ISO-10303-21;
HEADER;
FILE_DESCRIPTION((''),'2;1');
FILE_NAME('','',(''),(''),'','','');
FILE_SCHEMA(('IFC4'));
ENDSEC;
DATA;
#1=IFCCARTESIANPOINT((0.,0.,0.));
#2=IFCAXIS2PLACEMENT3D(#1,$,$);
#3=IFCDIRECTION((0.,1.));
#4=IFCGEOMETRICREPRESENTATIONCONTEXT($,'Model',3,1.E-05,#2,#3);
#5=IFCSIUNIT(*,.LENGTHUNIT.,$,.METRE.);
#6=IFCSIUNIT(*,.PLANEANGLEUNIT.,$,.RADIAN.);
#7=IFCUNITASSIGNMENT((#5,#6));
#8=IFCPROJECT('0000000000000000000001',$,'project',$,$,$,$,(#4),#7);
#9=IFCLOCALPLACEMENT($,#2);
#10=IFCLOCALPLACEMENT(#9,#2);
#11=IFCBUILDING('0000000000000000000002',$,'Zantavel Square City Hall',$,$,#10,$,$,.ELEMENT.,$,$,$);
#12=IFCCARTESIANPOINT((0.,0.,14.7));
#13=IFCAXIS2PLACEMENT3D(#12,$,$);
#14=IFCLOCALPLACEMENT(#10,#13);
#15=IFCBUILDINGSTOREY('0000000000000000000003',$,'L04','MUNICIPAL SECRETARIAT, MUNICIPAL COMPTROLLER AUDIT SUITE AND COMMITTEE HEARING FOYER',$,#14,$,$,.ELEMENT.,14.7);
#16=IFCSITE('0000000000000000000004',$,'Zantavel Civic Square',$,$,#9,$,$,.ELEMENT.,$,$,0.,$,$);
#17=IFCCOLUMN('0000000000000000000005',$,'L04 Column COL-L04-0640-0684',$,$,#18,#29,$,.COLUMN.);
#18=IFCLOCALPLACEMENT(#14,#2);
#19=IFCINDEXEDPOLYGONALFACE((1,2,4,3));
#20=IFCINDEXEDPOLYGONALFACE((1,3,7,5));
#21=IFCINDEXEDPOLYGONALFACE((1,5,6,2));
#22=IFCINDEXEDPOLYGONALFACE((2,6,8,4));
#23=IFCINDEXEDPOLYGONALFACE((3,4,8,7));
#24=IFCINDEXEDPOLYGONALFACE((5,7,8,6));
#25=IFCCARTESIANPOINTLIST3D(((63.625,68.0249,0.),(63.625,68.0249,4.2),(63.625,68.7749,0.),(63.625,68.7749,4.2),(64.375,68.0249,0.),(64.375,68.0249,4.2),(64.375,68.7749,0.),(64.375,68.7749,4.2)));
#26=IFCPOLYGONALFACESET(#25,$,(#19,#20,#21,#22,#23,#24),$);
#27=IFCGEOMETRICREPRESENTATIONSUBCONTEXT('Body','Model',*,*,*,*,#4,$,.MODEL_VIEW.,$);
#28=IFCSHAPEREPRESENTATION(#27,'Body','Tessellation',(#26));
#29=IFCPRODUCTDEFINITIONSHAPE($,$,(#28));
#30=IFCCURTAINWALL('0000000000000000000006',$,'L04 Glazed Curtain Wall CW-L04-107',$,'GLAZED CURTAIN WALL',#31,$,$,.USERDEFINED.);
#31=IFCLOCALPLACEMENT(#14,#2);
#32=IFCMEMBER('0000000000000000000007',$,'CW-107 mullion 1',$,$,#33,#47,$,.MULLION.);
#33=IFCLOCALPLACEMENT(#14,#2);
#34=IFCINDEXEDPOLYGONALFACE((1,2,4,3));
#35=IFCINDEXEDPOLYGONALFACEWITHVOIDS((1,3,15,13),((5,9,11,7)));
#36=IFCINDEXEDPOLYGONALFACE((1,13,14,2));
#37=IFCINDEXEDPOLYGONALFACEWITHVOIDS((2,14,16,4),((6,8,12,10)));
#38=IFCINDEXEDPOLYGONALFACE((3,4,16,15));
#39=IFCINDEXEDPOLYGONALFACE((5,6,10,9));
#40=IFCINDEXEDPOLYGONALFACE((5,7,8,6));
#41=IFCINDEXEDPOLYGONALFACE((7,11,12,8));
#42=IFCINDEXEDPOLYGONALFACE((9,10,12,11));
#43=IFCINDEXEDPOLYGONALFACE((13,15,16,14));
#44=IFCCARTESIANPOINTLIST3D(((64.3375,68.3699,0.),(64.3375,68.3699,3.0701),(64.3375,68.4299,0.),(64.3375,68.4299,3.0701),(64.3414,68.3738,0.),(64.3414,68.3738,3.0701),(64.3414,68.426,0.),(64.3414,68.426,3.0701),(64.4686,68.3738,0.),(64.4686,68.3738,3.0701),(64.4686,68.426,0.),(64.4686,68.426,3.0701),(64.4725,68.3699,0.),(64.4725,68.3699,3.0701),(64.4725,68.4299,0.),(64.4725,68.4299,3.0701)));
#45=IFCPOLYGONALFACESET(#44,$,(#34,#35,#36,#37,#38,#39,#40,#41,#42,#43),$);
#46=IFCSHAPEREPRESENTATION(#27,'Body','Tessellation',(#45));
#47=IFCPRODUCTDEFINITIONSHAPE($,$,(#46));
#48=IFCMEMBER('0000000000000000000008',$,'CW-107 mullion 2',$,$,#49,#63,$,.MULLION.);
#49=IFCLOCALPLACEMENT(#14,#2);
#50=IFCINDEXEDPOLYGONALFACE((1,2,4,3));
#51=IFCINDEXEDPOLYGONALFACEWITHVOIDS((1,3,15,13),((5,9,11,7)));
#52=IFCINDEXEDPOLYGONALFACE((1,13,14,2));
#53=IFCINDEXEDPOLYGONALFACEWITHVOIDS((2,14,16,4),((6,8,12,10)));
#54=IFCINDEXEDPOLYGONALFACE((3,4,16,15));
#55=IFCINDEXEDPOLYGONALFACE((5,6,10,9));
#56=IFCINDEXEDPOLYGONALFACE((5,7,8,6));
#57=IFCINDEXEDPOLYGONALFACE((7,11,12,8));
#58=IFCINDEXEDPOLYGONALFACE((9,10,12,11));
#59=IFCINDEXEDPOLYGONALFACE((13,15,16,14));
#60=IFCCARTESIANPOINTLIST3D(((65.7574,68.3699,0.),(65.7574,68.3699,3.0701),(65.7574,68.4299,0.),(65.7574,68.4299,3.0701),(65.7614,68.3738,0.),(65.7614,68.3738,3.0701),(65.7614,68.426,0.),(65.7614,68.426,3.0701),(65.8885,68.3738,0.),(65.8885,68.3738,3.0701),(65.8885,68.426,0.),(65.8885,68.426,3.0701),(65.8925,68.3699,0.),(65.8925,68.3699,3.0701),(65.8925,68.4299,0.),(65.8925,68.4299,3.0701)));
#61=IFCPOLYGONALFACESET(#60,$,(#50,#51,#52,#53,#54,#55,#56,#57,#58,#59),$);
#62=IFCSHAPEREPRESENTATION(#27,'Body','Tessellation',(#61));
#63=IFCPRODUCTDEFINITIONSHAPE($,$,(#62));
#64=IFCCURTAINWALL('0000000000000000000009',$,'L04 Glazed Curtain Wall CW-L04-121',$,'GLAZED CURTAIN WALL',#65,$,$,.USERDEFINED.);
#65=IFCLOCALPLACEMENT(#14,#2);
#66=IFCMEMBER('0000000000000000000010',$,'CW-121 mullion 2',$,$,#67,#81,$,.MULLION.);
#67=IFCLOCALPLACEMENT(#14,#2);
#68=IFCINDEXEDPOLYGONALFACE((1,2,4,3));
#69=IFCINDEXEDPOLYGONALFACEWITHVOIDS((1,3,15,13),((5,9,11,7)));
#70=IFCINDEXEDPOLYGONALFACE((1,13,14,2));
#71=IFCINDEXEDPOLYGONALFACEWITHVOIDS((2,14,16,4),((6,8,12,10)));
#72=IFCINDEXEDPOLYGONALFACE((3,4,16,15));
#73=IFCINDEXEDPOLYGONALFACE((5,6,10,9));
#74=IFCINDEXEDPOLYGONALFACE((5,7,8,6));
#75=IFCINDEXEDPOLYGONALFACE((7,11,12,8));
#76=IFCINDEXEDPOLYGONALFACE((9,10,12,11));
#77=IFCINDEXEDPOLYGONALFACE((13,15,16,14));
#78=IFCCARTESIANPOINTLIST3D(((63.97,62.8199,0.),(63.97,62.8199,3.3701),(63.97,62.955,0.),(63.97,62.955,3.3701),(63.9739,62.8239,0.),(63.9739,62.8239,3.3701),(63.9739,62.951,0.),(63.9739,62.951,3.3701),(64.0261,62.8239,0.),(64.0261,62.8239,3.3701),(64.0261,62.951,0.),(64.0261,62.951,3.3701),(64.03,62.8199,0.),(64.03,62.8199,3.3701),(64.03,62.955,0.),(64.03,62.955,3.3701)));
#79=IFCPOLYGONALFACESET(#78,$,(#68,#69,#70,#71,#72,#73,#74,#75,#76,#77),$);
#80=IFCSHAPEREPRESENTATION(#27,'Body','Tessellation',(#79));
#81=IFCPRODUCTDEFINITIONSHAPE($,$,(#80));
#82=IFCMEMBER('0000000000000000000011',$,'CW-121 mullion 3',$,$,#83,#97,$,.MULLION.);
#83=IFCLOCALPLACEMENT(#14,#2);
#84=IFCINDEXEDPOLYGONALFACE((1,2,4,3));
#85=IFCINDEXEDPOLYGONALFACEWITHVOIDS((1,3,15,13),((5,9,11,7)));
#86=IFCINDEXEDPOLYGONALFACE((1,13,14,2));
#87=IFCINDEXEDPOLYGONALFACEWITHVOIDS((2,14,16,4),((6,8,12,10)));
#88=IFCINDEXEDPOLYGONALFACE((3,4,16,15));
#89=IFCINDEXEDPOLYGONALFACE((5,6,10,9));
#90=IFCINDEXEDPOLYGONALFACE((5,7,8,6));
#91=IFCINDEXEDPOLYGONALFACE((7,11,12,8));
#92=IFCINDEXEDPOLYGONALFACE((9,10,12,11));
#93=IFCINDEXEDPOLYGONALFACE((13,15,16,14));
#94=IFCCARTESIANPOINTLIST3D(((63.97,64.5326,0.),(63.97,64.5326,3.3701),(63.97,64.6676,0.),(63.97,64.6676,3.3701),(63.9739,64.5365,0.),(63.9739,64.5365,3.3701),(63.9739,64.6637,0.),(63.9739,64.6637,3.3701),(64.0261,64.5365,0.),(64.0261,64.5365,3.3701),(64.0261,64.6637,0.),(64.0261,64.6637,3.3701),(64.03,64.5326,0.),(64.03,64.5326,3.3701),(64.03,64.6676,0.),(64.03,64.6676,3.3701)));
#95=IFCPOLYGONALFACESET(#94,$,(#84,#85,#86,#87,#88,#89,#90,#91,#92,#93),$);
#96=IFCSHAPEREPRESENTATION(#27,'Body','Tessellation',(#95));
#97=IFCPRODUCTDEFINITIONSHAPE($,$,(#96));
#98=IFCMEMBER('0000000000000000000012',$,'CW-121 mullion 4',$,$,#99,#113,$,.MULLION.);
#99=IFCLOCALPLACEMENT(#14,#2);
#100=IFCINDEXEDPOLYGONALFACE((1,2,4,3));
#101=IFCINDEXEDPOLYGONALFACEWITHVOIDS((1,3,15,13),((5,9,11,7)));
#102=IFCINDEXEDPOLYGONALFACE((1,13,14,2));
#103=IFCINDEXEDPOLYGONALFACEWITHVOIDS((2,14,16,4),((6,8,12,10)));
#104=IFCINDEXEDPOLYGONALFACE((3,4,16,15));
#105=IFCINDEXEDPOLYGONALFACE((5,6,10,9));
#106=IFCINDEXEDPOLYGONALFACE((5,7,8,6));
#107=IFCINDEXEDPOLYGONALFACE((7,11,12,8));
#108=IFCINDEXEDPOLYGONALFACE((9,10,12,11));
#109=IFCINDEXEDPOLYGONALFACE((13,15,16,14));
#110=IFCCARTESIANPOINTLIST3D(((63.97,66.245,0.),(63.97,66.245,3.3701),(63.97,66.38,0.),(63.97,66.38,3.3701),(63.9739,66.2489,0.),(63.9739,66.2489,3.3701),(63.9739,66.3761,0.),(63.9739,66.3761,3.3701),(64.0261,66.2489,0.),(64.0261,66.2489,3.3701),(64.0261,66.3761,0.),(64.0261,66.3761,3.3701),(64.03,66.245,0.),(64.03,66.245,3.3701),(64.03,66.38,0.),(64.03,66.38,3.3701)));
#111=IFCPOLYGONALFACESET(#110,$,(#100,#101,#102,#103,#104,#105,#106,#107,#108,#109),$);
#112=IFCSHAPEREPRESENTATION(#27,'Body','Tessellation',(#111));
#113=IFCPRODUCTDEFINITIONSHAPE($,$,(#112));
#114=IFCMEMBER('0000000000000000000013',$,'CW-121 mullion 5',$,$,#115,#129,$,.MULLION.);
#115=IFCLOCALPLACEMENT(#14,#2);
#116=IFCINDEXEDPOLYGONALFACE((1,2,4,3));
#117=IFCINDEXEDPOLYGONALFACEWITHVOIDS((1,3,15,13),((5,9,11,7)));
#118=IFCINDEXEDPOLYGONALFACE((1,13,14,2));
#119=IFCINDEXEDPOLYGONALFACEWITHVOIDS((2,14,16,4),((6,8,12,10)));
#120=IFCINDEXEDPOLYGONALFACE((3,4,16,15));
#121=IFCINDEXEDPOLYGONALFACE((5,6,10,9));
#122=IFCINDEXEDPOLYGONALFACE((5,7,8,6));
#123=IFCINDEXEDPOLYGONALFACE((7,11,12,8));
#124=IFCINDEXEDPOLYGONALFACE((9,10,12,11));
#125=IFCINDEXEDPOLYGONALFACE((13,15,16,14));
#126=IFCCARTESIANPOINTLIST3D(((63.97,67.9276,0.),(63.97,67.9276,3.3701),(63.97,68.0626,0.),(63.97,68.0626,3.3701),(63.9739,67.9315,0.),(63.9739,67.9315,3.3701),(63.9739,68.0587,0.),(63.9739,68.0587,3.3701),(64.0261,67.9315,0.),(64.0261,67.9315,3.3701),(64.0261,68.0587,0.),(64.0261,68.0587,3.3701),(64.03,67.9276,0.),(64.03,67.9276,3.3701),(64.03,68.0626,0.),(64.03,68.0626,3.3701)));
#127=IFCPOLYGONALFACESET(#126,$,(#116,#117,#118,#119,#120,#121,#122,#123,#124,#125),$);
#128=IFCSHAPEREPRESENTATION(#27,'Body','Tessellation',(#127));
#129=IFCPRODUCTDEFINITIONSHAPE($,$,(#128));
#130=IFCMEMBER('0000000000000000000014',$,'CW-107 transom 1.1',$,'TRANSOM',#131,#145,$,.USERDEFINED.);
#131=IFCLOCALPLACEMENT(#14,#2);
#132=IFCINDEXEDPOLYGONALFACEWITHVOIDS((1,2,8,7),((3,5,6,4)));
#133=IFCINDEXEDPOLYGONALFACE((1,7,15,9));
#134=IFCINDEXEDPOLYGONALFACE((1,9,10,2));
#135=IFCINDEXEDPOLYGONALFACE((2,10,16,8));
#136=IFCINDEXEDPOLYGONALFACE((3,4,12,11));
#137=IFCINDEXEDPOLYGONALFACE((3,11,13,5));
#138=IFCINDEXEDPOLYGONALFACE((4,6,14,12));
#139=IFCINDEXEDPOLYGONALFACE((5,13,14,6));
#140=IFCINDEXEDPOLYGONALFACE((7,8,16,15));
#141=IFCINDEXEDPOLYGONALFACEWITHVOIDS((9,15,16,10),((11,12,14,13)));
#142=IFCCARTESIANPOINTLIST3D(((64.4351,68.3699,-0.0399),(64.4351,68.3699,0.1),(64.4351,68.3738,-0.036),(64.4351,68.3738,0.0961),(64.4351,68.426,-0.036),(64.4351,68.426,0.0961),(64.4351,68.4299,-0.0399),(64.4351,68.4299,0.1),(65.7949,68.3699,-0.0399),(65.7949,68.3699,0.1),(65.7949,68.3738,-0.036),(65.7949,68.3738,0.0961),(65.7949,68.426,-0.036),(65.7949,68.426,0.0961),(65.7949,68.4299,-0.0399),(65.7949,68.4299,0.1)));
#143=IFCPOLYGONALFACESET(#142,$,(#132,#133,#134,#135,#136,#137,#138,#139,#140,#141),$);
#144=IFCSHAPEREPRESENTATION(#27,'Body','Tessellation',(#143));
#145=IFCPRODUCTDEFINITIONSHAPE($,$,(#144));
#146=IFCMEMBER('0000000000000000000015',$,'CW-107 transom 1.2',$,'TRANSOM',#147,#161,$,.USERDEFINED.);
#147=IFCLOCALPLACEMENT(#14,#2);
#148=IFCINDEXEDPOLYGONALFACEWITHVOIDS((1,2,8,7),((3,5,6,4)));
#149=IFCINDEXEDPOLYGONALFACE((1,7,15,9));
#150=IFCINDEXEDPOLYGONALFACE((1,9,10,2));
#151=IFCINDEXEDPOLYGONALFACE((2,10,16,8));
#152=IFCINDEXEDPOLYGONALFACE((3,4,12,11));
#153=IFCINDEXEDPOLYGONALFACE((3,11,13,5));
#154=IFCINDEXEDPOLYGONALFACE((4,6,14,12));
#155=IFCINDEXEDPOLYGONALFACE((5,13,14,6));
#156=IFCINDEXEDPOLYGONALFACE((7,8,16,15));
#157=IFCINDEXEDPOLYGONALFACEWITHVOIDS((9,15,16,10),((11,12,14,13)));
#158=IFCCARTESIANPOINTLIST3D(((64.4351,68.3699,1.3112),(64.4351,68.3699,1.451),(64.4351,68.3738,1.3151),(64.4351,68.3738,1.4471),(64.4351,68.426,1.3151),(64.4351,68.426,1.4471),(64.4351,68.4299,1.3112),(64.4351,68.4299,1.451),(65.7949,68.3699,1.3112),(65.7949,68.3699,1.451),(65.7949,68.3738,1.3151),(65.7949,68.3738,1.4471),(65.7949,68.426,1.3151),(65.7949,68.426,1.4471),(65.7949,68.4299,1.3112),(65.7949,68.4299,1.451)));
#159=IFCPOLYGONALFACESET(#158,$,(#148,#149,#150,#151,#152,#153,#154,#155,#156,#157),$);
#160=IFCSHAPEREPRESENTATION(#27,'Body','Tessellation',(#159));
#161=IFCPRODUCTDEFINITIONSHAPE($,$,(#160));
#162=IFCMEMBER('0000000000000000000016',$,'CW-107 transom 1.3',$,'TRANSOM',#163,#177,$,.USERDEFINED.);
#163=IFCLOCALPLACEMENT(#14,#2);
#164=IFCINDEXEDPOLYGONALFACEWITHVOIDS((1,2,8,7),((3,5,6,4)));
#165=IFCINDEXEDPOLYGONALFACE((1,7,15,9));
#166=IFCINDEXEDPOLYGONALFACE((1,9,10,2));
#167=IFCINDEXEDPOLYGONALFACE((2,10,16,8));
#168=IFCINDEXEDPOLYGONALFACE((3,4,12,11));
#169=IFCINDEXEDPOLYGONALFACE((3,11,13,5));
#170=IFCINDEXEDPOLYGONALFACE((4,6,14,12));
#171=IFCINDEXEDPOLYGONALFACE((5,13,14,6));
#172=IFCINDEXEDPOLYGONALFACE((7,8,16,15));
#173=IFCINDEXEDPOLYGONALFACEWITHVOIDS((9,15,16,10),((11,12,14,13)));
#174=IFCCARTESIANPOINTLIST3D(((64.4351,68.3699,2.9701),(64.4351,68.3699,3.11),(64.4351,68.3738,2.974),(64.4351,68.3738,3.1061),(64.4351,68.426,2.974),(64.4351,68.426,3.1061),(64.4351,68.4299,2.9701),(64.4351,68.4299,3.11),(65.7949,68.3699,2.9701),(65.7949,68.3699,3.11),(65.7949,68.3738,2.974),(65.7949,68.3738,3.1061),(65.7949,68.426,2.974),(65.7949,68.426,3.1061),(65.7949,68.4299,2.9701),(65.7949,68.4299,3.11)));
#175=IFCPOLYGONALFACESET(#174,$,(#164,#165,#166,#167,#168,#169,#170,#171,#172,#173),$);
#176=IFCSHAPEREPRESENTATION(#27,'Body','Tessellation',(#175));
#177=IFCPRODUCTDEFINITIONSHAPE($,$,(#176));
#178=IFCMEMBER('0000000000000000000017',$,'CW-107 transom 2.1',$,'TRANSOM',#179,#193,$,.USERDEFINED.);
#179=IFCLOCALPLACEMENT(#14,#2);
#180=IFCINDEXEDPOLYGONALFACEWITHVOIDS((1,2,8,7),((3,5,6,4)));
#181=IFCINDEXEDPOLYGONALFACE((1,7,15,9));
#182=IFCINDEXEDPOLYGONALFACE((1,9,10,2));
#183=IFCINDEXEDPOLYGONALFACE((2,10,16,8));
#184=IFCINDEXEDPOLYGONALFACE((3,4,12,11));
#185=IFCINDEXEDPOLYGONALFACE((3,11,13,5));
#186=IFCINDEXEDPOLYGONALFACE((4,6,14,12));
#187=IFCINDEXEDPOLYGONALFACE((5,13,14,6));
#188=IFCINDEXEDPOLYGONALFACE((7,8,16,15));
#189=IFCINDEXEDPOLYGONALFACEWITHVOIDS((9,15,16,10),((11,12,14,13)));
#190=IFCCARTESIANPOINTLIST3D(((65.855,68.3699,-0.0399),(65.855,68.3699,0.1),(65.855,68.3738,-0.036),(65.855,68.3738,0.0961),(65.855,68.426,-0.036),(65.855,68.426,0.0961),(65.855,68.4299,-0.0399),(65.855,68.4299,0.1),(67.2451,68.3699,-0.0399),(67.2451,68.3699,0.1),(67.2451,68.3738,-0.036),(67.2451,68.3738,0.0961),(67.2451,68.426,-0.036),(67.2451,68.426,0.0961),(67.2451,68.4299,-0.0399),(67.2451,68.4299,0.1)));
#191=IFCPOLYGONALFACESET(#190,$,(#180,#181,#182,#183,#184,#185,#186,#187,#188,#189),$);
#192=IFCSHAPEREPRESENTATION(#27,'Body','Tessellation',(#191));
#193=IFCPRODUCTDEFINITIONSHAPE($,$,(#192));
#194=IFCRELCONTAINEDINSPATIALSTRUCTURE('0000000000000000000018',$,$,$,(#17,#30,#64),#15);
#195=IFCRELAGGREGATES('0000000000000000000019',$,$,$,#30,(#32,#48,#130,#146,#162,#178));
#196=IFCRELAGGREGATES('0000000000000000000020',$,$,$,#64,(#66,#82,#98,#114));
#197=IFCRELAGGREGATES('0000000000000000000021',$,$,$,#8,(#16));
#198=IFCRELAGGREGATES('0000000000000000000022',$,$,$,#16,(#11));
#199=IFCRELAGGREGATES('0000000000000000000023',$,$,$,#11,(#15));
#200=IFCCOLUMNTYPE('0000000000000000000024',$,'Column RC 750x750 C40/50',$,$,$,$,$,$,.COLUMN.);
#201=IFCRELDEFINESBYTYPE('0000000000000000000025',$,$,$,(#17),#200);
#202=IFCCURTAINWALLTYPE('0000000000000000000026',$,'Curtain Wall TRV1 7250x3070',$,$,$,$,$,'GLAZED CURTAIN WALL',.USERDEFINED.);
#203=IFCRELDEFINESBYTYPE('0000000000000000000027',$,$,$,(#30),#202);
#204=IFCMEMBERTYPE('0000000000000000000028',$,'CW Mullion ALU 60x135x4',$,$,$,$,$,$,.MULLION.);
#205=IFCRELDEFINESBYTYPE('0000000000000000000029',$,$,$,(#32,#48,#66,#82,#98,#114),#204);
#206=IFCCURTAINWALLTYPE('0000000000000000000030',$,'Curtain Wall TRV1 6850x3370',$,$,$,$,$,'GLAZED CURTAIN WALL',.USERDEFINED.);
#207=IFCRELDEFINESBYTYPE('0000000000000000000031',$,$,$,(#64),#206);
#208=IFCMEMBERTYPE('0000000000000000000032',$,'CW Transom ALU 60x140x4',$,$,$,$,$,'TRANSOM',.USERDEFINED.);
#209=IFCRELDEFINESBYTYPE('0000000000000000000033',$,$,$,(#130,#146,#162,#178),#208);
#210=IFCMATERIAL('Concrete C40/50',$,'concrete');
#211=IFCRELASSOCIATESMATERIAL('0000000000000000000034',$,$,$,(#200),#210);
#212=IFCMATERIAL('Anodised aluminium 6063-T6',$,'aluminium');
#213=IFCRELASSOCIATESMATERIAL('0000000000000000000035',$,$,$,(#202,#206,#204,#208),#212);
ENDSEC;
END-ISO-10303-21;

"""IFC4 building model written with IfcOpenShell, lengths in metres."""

from ifc_helpers import new_model, si_unit, direction, frame, origin, origin_2d, place, context, subcontext, project, spatial, rectangle, hollow_rectangle, extrude, material, material_profile, profile_set, type_object, element, aggregate, save


model = new_model("IFC4")

# Units and contexts
model_context = context("Model", 3, precision=1e-05, world=origin(), true_north=direction((0.0, 1.0)))
body_context = subcontext(model_context, "Body", "Model", "MODEL_VIEW")
ifc_project = project(units=[si_unit("LENGTHUNIT", "METRE"), si_unit("PLANEANGLEUNIT", "RADIAN")], contexts=[model_context])

# Site, building, storey
site_placement = place(None, origin())
site = spatial("IfcSite", under=ifc_project, at=site_placement, Name="Zantavel Civic Square", CompositionType="ELEMENT", RefElevation=0.0)
building_placement = place(site_placement, origin())
building = spatial("IfcBuilding", under=site, at=building_placement, Name="Zantavel Square City Hall", CompositionType="ELEMENT")
storey_placement = place(building_placement, frame((0.0, 0.0, 14.7)))
storey = spatial("IfcBuildingStorey", under=building, at=storey_placement, Name="L04", Description="MUNICIPAL SECRETARIAT, MUNICIPAL COMPTROLLER AUDIT SUITE AND COMMITTEE HEARING FOYER", CompositionType="ELEMENT", Elevation=14.7)

# Column
ifc_material_1 = material(Name="Concrete C40/50", Category="concrete")
ifc_material_profile_1 = material_profile(ifc_material_1, rectangle(XDim=0.75, YDim=0.75, at=origin_2d()), Name="RC 750x750")
ifc_profile_set_1 = profile_set([ifc_material_profile_1], Name="Concrete C40/50")
column_type = type_object("IfcColumnType", Name="Column RC 750x750 C40/50", PredefinedType="COLUMN", material=ifc_profile_set_1)
column_placement = place(storey_placement, frame((64.0, 68.3999, 0.0), z_axis=(0.0, 0.0, 1.0), x_axis=(1.0, 0.0, 0.0)))
element("IfcColumn", 1, at=column_placement, inside=storey, type_object=column_type, Name="L04 Column COL-L04-0640-0684", PredefinedType="COLUMN", context=body_context, shape_type="SweptSolid", body=[
    extrude(rectangle(XDim=0.75, YDim=0.75, at=origin_2d()), origin(), (0.0, 0.0, 1.0), 4.2),
])

# Curtain walls, members
ifc_material_2 = material(Name="Anodised aluminium 6063-T6", Category="aluminium")
curtain_wall_type_1 = type_object("IfcCurtainWallType", Name="Curtain Wall TRV1 7250x3070", ElementType="GLAZED CURTAIN WALL", PredefinedType="USERDEFINED", material=ifc_material_2)
curtain_wall_1_placement = place(storey_placement, origin())
curtain_wall_1 = element("IfcCurtainWall", 2, at=curtain_wall_1_placement, inside=storey, type_object=curtain_wall_type_1, Name="L04 Glazed Curtain Wall CW-L04-107", ObjectType="GLAZED CURTAIN WALL", PredefinedType="USERDEFINED")
ifc_material_profile_2 = material_profile(ifc_material_2, hollow_rectangle(XDim=0.0601, YDim=0.135, WallThickness=0.0039, at=origin_2d()), Name="ALU 60x135x4")
ifc_profile_set_2 = profile_set([ifc_material_profile_2], Name="Anodised aluminium 6063-T6")
member_type_1 = type_object("IfcMemberType", Name="CW Mullion ALU 60x135x4", PredefinedType="MULLION", material=ifc_profile_set_2)
member_1_placement = place(storey_placement, frame((64.405, 68.3999, 0.0), z_axis=(0.0, 0.0, 1.0), x_axis=(0.0, 1.0, 0.0)))
member_1 = element("IfcMember", 3, at=member_1_placement, type_object=member_type_1, Name="CW-107 mullion 1", PredefinedType="MULLION", context=body_context, shape_type="SweptSolid", body=[
    extrude(hollow_rectangle(XDim=0.0601, YDim=0.135, WallThickness=0.0039, at=origin_2d()), origin(), (0.0, 0.0, 1.0), 3.0701),
])
member_2_placement = place(storey_placement, frame((65.825, 68.3999, 0.0), z_axis=(0.0, 0.0, 1.0), x_axis=(0.0, 1.0, 0.0)))
member_2 = element("IfcMember", 4, at=member_2_placement, type_object=member_type_1, Name="CW-107 mullion 2", PredefinedType="MULLION", context=body_context, shape_type="SweptSolid", body=[
    extrude(hollow_rectangle(XDim=0.0601, YDim=0.135, WallThickness=0.0039, at=origin_2d()), origin(), (0.0, 0.0, 1.0), 3.0701),
])
curtain_wall_type_2 = type_object("IfcCurtainWallType", Name="Curtain Wall TRV1 6850x3370", ElementType="GLAZED CURTAIN WALL", PredefinedType="USERDEFINED", material=ifc_material_2)
curtain_wall_2_placement = place(storey_placement, origin())
curtain_wall_2 = element("IfcCurtainWall", 5, at=curtain_wall_2_placement, inside=storey, type_object=curtain_wall_type_2, Name="L04 Glazed Curtain Wall CW-L04-121", ObjectType="GLAZED CURTAIN WALL", PredefinedType="USERDEFINED")
member_3_placement = place(storey_placement, frame((64.0, 62.8875, 0.0), z_axis=(0.0, 0.0, 1.0), x_axis=(-1.0, 0.0, 0.0)))
member_3 = element("IfcMember", 6, at=member_3_placement, type_object=member_type_1, Name="CW-121 mullion 2", PredefinedType="MULLION", context=body_context, shape_type="SweptSolid", body=[
    extrude(hollow_rectangle(XDim=0.0601, YDim=0.135, WallThickness=0.0039, at=origin_2d()), origin(), (0.0, 0.0, 1.0), 3.3701),
])
member_4_placement = place(storey_placement, frame((64.0, 64.6001, 0.0), z_axis=(0.0, 0.0, 1.0), x_axis=(-1.0, 0.0, 0.0)))
member_4 = element("IfcMember", 7, at=member_4_placement, type_object=member_type_1, Name="CW-121 mullion 3", PredefinedType="MULLION", context=body_context, shape_type="SweptSolid", body=[
    extrude(hollow_rectangle(XDim=0.0601, YDim=0.135, WallThickness=0.0039, at=origin_2d()), origin(), (0.0, 0.0, 1.0), 3.3701),
])
member_5_placement = place(storey_placement, frame((64.0, 66.3125, 0.0), z_axis=(0.0, 0.0, 1.0), x_axis=(-1.0, 0.0, 0.0)))
member_5 = element("IfcMember", 8, at=member_5_placement, type_object=member_type_1, Name="CW-121 mullion 4", PredefinedType="MULLION", context=body_context, shape_type="SweptSolid", body=[
    extrude(hollow_rectangle(XDim=0.0601, YDim=0.135, WallThickness=0.0039, at=origin_2d()), origin(), (0.0, 0.0, 1.0), 3.3701),
])
member_6_placement = place(storey_placement, frame((64.0, 67.9951, 0.0), z_axis=(0.0, 0.0, 1.0), x_axis=(-1.0, 0.0, 0.0)))
member_6 = element("IfcMember", 9, at=member_6_placement, type_object=member_type_1, Name="CW-121 mullion 5", PredefinedType="MULLION", context=body_context, shape_type="SweptSolid", body=[
    extrude(hollow_rectangle(XDim=0.0601, YDim=0.135, WallThickness=0.0039, at=origin_2d()), origin(), (0.0, 0.0, 1.0), 3.3701),
])

# Members
ifc_material_profile_3 = material_profile(ifc_material_2, hollow_rectangle(XDim=0.0601, YDim=0.1399, WallThickness=0.0039, at=origin_2d()), Name="ALU 60x140x4")
ifc_profile_set_3 = profile_set([ifc_material_profile_3], Name="Anodised aluminium 6063-T6")
member_type_2 = type_object("IfcMemberType", Name="CW Transom ALU 60x140x4", ElementType="TRANSOM", PredefinedType="USERDEFINED", material=ifc_profile_set_3)
member_7_placement = place(storey_placement, frame((64.4351, 68.3999, 0.03), z_axis=(1.0, 0.0, 0.0), x_axis=(0.0, 1.0, 0.0)))
member_7 = element("IfcMember", 10, at=member_7_placement, type_object=member_type_2, Name="CW-107 transom 1.1", ObjectType="TRANSOM", PredefinedType="USERDEFINED", context=body_context, shape_type="SweptSolid", body=[
    extrude(hollow_rectangle(XDim=0.0601, YDim=0.1399, WallThickness=0.0039, at=origin_2d()), origin(), (0.0, 0.0, 1.0), 1.3599),
])
member_8_placement = place(storey_placement, frame((64.4351, 68.3999, 1.3811), z_axis=(1.0, 0.0, 0.0), x_axis=(0.0, 1.0, 0.0)))
member_8 = element("IfcMember", 11, at=member_8_placement, type_object=member_type_2, Name="CW-107 transom 1.2", ObjectType="TRANSOM", PredefinedType="USERDEFINED", context=body_context, shape_type="SweptSolid", body=[
    extrude(hollow_rectangle(XDim=0.0601, YDim=0.1399, WallThickness=0.0039, at=origin_2d()), origin(), (0.0, 0.0, 1.0), 1.3599),
])
member_9_placement = place(storey_placement, frame((64.4351, 68.3999, 3.04), z_axis=(1.0, 0.0, 0.0), x_axis=(0.0, 1.0, 0.0)))
member_9 = element("IfcMember", 12, at=member_9_placement, type_object=member_type_2, Name="CW-107 transom 1.3", ObjectType="TRANSOM", PredefinedType="USERDEFINED", context=body_context, shape_type="SweptSolid", body=[
    extrude(hollow_rectangle(XDim=0.0601, YDim=0.1399, WallThickness=0.0039, at=origin_2d()), origin(), (0.0, 0.0, 1.0), 1.3599),
])
member_10_placement = place(storey_placement, frame((65.855, 68.3999, 0.03), z_axis=(1.0, 0.0, 0.0), x_axis=(0.0, 1.0, 0.0)))
member_10 = element("IfcMember", 13, at=member_10_placement, type_object=member_type_2, Name="CW-107 transom 2.1", ObjectType="TRANSOM", PredefinedType="USERDEFINED", context=body_context, shape_type="SweptSolid", body=[
    extrude(hollow_rectangle(XDim=0.0601, YDim=0.1399, WallThickness=0.0039, at=origin_2d()), origin(), (0.0, 0.0, 1.0), 1.3901),
])

aggregate(curtain_wall_1, [member_1, member_2, member_7, member_8, member_9, member_10])
aggregate(curtain_wall_2, [member_3, member_4, member_5, member_6])

save(model, "model.ifc")
